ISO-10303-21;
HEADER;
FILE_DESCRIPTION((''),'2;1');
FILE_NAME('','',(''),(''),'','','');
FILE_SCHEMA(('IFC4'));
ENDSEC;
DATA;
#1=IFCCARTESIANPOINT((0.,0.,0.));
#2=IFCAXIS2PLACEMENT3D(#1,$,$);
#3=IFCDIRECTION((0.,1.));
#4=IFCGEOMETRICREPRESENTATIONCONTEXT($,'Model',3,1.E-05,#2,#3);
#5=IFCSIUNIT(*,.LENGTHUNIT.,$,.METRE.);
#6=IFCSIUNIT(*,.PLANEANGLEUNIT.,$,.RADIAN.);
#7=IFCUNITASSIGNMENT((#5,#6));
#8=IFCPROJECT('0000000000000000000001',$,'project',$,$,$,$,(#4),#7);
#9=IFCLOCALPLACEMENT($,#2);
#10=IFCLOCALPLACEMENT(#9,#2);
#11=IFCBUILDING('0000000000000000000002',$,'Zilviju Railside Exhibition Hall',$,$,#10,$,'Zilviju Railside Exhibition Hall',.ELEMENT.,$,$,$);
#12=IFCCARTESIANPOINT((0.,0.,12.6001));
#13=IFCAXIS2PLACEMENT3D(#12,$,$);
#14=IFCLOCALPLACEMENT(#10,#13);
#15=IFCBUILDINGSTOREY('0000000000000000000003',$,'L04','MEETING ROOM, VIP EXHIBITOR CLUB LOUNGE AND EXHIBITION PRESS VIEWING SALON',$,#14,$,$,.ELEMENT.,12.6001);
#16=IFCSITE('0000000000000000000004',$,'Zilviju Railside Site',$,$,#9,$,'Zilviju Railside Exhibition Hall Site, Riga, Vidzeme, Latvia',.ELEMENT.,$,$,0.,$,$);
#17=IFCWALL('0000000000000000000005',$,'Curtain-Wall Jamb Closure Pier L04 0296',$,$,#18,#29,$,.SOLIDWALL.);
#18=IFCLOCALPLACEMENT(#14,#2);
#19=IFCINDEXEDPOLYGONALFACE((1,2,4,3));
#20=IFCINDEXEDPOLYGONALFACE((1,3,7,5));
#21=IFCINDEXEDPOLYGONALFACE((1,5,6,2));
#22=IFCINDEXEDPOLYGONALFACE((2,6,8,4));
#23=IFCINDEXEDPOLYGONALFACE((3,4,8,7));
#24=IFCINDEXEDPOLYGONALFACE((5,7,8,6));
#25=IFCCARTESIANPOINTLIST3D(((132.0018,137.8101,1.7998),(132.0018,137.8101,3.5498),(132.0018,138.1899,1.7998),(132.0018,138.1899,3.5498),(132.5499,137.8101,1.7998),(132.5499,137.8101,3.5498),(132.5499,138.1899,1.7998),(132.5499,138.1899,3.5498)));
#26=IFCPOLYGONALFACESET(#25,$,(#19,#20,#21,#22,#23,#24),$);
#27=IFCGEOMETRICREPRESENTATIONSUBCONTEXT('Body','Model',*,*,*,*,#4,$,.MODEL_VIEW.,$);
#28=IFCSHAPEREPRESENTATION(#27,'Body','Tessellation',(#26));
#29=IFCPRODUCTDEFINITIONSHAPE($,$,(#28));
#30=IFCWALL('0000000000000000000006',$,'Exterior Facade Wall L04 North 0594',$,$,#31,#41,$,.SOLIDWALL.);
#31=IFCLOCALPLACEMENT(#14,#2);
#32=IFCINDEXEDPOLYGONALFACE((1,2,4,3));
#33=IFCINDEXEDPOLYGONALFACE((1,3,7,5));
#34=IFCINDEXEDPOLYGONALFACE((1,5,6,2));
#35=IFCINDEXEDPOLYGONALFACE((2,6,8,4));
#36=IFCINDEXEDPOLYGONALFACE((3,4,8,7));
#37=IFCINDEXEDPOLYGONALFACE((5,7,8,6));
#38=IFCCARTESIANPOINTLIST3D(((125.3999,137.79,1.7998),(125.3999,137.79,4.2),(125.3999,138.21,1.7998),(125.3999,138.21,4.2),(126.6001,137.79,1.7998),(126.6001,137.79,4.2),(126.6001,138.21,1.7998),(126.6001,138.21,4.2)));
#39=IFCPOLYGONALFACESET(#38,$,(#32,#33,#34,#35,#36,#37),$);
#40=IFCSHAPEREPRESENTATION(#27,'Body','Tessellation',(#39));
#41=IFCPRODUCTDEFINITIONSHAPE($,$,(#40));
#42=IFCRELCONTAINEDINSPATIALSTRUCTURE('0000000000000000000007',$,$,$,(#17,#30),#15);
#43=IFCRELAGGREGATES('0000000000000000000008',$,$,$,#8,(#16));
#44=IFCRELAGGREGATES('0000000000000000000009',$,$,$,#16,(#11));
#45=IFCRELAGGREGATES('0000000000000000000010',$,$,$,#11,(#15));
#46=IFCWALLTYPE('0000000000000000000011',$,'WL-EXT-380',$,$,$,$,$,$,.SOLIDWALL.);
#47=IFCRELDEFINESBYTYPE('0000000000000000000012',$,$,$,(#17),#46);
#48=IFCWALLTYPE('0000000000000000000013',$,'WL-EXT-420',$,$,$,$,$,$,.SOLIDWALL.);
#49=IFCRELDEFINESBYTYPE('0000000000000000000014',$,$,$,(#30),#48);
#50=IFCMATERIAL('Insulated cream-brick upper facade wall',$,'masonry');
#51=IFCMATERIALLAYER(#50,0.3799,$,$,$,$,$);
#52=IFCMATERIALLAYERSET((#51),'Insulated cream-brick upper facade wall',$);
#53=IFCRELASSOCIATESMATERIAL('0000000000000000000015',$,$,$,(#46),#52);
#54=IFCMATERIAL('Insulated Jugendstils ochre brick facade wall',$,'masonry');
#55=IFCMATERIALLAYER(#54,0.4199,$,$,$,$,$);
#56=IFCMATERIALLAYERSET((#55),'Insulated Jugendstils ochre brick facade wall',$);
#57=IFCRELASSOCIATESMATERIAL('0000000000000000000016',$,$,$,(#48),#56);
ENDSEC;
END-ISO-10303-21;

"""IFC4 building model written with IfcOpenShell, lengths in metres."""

from ifc_helpers import new_model, si_unit, direction, frame, frame_2d, origin, place, context, subcontext, project, spatial, rectangle, extrude, material, layer, layer_set, type_object, element, save


model = new_model("IFC4")

# Units and contexts
model_context = context("Model", 3, precision=1e-05, world=origin(), true_north=direction((0.0, 1.0)))
body_context = subcontext(model_context, "Body", "Model", "MODEL_VIEW")
ifc_project = project(units=[si_unit("LENGTHUNIT", "METRE"), si_unit("PLANEANGLEUNIT", "RADIAN")], contexts=[model_context])

# Site, building, storey
site_placement = place(None, origin())
site = spatial("IfcSite", under=ifc_project, at=site_placement, Name="Zilviju Railside Site", LongName="Zilviju Railside Exhibition Hall Site, Riga, Vidzeme, Latvia", CompositionType="ELEMENT", RefElevation=0.0)
building_placement = place(site_placement, origin())
building = spatial("IfcBuilding", under=site, at=building_placement, Name="Zilviju Railside Exhibition Hall", LongName="Zilviju Railside Exhibition Hall", CompositionType="ELEMENT")
storey_placement = place(building_placement, frame((0.0, 0.0, 12.6001)))
storey = spatial("IfcBuildingStorey", under=building, at=storey_placement, Name="L04", Description="MEETING ROOM, VIP EXHIBITOR CLUB LOUNGE AND EXHIBITION PRESS VIEWING SALON", CompositionType="ELEMENT", Elevation=12.6001)

# Walls
ifc_material_1 = material(Name="Insulated cream-brick upper facade wall", Category="masonry")
ifc_layer_1 = layer(ifc_material_1, 0.3799)
ifc_layer_set_1 = layer_set([ifc_layer_1], Name="Insulated cream-brick upper facade wall")
wall_type_1 = type_object("IfcWallType", Name="WL-EXT-380", PredefinedType="SOLIDWALL", material=ifc_layer_set_1)
wall_1_placement = place(storey_placement, frame((132.002, 138.0, 1.7998), z_axis=(0.0, 0.0, 1.0), x_axis=(1.0, 0.0, 0.0)))
element("IfcWall", 1, at=wall_1_placement, inside=storey, type_object=wall_type_1, Name="Curtain-Wall Jamb Closure Pier L04 0296", PredefinedType="SOLIDWALL", context=body_context, shape_type="SweptSolid", body=[
    extrude(rectangle(XDim=0.5481, YDim=0.3799, at=frame_2d((0.2739, 0.0))), origin(), (0.0, 0.0, 1.0), 1.75),
])
ifc_material_2 = material(Name="Insulated Jugendstils ochre brick facade wall", Category="masonry")
ifc_layer_2 = layer(ifc_material_2, 0.4199)
ifc_layer_set_2 = layer_set([ifc_layer_2], Name="Insulated Jugendstils ochre brick facade wall")
wall_type_2 = type_object("IfcWallType", Name="WL-EXT-420", PredefinedType="SOLIDWALL", material=ifc_layer_set_2)
wall_2_placement = place(storey_placement, frame((125.3999, 138.0, 1.7998), z_axis=(0.0, 0.0, 1.0), x_axis=(1.0, 0.0, 0.0)))
element("IfcWall", 2, at=wall_2_placement, inside=storey, type_object=wall_type_2, Name="Exterior Facade Wall L04 North 0594", PredefinedType="SOLIDWALL", context=body_context, shape_type="SweptSolid", body=[
    extrude(rectangle(XDim=1.2002, YDim=0.4199, at=frame_2d((0.6001, 0.0))), origin(), (0.0, 0.0, 1.0), 2.4001),
])

save(model, "model.ifc")
